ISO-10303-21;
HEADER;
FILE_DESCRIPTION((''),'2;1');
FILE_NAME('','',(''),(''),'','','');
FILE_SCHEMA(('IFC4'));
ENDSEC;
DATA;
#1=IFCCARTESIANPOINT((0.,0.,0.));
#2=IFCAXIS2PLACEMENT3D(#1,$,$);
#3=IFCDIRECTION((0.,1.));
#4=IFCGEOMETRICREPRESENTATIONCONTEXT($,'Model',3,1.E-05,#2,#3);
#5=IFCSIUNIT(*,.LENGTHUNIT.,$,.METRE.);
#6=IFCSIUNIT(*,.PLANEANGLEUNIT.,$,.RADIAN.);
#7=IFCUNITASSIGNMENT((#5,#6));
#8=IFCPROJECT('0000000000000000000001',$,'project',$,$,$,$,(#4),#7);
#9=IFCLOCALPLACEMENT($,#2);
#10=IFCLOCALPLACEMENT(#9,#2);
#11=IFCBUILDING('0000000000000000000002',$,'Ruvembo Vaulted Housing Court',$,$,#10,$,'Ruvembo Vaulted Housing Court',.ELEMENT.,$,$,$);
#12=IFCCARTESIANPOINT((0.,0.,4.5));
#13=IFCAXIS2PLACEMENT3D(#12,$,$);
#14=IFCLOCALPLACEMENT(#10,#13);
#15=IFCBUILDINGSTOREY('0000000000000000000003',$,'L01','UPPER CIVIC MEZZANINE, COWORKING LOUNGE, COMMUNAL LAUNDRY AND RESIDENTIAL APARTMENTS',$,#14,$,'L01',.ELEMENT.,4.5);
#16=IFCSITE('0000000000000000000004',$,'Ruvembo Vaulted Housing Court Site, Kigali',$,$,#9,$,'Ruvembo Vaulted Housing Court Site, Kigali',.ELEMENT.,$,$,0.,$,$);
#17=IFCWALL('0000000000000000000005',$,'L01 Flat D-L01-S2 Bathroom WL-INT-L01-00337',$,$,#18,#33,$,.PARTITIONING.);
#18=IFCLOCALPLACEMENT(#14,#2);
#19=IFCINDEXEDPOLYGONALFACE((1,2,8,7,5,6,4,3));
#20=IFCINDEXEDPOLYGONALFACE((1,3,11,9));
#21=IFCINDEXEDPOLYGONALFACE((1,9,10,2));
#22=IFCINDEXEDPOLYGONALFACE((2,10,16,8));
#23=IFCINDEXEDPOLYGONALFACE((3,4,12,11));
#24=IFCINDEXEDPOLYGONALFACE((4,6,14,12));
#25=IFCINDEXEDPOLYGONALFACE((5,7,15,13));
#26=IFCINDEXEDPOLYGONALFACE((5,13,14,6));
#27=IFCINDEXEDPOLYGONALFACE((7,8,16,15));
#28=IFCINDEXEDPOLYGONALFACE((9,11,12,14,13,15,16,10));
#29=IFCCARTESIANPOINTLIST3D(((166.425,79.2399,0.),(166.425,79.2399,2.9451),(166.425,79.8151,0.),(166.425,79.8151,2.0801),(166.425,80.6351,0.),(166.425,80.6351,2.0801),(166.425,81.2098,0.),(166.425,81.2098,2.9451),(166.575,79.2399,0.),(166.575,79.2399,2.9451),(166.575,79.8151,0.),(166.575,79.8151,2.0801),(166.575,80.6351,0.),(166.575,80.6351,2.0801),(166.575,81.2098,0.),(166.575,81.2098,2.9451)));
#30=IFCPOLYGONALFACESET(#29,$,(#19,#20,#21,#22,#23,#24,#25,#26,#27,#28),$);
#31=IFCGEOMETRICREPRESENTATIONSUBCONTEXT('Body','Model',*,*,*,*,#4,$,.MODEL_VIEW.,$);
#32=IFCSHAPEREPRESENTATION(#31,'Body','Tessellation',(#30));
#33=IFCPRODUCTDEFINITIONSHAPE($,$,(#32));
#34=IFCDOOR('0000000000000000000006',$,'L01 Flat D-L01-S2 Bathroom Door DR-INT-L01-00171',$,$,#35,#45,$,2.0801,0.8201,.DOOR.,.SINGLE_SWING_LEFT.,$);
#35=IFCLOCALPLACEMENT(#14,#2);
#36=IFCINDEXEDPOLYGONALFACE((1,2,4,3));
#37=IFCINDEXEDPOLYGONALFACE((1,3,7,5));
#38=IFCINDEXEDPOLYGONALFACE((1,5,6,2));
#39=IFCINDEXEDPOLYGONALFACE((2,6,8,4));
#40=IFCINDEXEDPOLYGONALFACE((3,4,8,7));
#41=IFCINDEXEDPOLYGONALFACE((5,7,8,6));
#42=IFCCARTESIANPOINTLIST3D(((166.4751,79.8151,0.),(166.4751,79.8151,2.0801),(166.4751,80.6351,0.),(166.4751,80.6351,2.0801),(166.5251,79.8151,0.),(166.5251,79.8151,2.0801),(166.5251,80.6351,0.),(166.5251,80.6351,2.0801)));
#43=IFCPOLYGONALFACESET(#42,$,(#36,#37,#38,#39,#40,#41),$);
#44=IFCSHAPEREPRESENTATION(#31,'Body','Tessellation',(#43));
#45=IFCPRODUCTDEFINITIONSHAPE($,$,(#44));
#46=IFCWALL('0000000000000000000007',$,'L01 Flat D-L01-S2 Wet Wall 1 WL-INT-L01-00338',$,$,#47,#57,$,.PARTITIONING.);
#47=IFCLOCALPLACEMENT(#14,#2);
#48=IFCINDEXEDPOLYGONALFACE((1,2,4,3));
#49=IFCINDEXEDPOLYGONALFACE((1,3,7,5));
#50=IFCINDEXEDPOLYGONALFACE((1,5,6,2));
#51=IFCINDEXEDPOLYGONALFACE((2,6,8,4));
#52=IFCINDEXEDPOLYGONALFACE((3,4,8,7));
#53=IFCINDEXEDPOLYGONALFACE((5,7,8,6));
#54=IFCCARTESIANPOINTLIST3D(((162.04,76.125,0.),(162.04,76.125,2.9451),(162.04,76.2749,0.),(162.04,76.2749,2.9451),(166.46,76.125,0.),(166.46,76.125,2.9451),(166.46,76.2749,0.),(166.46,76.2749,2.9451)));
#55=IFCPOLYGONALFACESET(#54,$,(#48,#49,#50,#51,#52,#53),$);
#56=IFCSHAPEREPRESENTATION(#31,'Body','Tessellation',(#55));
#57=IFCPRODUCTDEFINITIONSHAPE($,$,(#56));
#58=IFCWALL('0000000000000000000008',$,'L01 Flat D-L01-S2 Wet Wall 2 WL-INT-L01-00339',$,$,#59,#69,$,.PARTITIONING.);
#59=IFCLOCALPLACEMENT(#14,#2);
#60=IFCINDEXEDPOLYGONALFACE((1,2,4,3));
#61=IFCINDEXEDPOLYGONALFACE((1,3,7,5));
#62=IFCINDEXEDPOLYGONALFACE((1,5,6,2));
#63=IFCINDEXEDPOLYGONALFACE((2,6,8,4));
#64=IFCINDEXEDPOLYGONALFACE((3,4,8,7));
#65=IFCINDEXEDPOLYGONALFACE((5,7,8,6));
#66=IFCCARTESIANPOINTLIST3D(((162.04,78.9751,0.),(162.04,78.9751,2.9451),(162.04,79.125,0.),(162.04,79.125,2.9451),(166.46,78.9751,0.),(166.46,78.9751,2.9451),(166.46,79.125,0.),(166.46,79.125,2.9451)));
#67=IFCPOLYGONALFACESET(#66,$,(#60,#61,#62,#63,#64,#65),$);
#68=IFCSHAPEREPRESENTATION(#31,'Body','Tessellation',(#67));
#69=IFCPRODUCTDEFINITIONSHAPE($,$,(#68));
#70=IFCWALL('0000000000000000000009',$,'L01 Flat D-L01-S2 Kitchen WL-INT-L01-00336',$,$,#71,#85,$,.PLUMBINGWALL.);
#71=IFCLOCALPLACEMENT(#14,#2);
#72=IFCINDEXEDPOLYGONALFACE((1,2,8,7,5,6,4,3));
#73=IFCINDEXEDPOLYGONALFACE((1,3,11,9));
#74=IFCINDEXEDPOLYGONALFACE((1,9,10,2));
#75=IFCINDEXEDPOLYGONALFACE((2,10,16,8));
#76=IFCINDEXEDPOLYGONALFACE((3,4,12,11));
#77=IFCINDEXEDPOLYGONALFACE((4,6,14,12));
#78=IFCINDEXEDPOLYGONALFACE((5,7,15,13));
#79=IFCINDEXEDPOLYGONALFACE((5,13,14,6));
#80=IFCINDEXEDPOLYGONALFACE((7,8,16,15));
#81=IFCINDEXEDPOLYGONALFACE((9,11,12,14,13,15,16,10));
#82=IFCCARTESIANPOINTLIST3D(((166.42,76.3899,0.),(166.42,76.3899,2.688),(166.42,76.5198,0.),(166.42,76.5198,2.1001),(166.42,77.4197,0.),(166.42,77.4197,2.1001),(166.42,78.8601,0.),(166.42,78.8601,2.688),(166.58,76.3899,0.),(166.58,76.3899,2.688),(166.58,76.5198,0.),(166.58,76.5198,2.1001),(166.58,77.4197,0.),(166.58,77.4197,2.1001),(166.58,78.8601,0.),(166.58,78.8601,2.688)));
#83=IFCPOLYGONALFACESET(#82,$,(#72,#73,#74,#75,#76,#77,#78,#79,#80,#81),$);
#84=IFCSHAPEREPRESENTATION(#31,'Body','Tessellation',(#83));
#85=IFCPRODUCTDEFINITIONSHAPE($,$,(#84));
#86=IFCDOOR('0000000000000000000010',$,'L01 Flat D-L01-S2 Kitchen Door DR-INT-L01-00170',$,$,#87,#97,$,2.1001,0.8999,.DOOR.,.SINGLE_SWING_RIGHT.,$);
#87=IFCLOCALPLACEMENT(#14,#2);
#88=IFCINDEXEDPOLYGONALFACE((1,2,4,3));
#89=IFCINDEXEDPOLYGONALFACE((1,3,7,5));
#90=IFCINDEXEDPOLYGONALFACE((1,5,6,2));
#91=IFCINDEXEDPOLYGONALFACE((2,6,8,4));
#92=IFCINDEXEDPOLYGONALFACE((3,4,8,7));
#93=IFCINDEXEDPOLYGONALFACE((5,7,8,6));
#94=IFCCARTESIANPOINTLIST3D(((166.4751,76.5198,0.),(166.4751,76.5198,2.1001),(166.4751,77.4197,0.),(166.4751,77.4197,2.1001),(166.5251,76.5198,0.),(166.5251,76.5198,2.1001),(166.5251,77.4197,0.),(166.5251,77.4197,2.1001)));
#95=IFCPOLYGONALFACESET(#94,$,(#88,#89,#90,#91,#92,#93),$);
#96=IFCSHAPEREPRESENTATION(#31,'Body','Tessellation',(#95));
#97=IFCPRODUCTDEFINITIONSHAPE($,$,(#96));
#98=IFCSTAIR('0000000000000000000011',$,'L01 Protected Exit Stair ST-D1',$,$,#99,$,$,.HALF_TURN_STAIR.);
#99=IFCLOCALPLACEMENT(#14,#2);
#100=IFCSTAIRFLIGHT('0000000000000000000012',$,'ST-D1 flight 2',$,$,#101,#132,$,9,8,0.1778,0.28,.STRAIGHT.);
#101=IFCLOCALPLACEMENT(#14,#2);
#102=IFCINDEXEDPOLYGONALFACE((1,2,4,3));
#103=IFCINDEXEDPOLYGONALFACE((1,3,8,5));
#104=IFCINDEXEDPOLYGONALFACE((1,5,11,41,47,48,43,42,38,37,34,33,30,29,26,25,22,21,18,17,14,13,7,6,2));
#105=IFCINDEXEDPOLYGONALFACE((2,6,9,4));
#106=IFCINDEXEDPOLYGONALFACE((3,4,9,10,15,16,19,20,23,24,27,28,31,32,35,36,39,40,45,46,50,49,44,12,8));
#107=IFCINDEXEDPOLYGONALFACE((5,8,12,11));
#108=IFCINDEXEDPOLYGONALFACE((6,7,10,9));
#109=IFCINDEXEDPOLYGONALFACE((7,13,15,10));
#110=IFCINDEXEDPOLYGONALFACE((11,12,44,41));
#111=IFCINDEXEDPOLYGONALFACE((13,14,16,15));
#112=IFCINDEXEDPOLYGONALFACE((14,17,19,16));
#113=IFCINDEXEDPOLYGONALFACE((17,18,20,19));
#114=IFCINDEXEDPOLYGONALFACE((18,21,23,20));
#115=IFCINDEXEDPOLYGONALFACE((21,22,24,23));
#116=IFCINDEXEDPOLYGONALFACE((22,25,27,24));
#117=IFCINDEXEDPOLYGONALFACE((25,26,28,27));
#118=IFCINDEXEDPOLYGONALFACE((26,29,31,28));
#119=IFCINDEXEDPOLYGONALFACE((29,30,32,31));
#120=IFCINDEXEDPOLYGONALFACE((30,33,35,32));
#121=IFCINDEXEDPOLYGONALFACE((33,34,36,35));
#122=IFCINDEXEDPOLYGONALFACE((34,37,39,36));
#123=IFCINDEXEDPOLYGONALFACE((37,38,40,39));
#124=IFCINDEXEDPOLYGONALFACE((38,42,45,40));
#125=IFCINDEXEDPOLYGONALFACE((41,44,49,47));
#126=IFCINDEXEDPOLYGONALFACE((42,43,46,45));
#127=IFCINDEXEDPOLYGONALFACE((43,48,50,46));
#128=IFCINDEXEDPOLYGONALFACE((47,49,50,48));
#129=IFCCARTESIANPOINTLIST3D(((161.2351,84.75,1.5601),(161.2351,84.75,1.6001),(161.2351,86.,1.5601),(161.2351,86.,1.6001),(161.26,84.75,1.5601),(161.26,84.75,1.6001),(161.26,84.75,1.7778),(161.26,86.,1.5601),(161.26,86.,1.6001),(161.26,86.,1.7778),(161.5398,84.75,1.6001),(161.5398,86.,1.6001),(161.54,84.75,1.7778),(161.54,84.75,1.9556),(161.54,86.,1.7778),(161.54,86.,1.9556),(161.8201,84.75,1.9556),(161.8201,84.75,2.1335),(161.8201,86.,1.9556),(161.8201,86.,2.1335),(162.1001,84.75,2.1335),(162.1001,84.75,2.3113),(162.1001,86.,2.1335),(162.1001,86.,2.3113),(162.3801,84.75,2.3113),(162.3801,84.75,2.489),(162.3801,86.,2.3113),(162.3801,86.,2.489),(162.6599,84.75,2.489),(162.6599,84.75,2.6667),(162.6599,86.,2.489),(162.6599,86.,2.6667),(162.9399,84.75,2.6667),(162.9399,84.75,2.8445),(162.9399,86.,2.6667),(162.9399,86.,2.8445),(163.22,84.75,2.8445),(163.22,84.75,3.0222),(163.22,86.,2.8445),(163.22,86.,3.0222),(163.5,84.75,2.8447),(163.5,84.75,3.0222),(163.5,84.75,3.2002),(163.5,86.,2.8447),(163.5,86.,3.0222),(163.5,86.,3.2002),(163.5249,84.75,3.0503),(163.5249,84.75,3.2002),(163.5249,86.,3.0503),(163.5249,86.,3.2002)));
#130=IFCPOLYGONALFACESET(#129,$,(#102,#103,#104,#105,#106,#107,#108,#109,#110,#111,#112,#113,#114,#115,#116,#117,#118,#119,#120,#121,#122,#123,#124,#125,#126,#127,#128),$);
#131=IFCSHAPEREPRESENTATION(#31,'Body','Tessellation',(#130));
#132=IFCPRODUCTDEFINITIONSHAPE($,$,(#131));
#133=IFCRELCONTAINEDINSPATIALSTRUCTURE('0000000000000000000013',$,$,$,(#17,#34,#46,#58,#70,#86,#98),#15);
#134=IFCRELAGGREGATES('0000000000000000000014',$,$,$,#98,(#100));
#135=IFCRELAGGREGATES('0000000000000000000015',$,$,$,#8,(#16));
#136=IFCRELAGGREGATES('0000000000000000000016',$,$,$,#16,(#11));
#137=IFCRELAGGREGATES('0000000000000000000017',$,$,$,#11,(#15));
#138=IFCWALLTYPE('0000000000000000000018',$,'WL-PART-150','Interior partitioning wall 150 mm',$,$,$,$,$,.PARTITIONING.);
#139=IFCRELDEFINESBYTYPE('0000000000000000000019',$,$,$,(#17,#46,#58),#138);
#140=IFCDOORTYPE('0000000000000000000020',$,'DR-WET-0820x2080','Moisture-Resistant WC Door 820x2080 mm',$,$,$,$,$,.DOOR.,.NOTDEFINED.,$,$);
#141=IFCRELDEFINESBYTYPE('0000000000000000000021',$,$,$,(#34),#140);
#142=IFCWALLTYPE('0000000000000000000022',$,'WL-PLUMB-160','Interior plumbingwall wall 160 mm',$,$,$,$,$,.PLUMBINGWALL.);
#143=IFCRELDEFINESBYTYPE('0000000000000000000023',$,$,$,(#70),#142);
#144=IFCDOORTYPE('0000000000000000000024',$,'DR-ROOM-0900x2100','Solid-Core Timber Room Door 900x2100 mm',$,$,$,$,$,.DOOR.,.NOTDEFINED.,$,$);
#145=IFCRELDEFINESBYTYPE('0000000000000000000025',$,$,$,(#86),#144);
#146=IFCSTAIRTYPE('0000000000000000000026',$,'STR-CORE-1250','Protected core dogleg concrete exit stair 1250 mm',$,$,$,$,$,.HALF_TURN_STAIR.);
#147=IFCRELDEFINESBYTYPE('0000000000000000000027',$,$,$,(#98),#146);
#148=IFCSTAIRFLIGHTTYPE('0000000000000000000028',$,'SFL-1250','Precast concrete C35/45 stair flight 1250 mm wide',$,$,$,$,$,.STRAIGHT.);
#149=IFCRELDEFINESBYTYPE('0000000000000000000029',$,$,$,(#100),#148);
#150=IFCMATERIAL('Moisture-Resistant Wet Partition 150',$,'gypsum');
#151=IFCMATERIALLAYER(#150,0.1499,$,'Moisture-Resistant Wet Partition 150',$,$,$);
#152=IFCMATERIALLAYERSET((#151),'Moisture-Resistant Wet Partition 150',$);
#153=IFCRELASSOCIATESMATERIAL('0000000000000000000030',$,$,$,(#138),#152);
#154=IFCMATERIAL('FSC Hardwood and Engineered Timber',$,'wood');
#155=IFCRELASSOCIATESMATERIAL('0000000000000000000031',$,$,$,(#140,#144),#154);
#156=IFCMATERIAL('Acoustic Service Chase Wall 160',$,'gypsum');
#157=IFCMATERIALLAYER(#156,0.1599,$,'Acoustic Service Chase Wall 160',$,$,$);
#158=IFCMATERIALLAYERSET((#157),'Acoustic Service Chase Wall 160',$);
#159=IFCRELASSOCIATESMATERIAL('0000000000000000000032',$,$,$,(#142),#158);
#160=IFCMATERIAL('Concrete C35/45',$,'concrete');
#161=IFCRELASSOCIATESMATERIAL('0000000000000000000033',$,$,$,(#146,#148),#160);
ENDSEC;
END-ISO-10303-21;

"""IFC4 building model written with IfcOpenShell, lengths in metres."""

from ifc_helpers import new_model, si_unit, direction, frame, frame_2d, origin, place, context, subcontext, project, spatial, polyline, rectangle, outline, extrude, material, layer, layer_set, type_object, element, fill, aggregate, save


model = new_model("IFC4")

# Units and contexts
model_context = context("Model", 3, precision=1e-05, world=origin(), true_north=direction((0.0, 1.0)))
body_context = subcontext(model_context, "Body", "Model", "MODEL_VIEW")
ifc_project = project(units=[si_unit("LENGTHUNIT", "METRE"), si_unit("PLANEANGLEUNIT", "RADIAN")], contexts=[model_context])

# Site, building, storey
site_placement = place(None, origin())
site = spatial("IfcSite", under=ifc_project, at=site_placement, Name="Ruvembo Vaulted Housing Court Site, Kigali", LongName="Ruvembo Vaulted Housing Court Site, Kigali", CompositionType="ELEMENT", RefElevation=0.0)
building_placement = place(site_placement, origin())
building = spatial("IfcBuilding", under=site, at=building_placement, Name="Ruvembo Vaulted Housing Court", LongName="Ruvembo Vaulted Housing Court", CompositionType="ELEMENT")
storey_placement = place(building_placement, frame((0.0, 0.0, 4.5)))
storey = spatial("IfcBuildingStorey", under=building, at=storey_placement, Name="L01", Description="UPPER CIVIC MEZZANINE, COWORKING LOUNGE, COMMUNAL LAUNDRY AND RESIDENTIAL APARTMENTS", LongName="L01", CompositionType="ELEMENT", Elevation=4.5)

# Shared definitions
ifc_material_1 = material(Name="Concrete C35/45", Category="concrete")

# Shared definitions
ifc_material_2 = material(Name="FSC Hardwood and Engineered Timber", Category="wood")

# Wall, opening, door
ifc_material_3 = material(Name="Moisture-Resistant Wet Partition 150", Category="gypsum")
ifc_layer_1 = layer(ifc_material_3, 0.1499, Name="Moisture-Resistant Wet Partition 150")
ifc_layer_set_1 = layer_set([ifc_layer_1], Name="Moisture-Resistant Wet Partition 150")
wall_type_1 = type_object("IfcWallType", Name="WL-PART-150", Description="Interior partitioning wall 150 mm", PredefinedType="PARTITIONING", material=ifc_layer_set_1)
wall_1_placement = place(storey_placement, frame((166.5, 79.24, 0.0), z_axis=(0.0, 0.0, 1.0), x_axis=(0.0, 1.0, 0.0)))
wall_1 = element("IfcWall", 1, at=wall_1_placement, inside=storey, type_object=wall_type_1, Name="L01 Flat D-L01-S2 Bathroom WL-INT-L01-00337", PredefinedType="PARTITIONING", context=body_context, shape_type="SweptSolid", body=[
    extrude(rectangle(XDim=1.97, YDim=0.1499, at=frame_2d((0.9849, 0.0))), origin(), (0.0, 0.0, 1.0), 2.9451),
])
opening_1_placement = place(wall_1_placement, frame((0.575, 0.0, 0.0)))
opening_1 = element("IfcOpeningElement", 2, at=opening_1_placement, cuts=wall_1, PredefinedType="OPENING", context=body_context, shape_type="SweptSolid", body=[
    extrude(rectangle(XDim=0.8201, YDim=2.0801, at=frame_2d((0.4102, 1.04))), frame((0.0, 0.085, 0.0), z_axis=(0.0, -1.0, 0.0), x_axis=(1.0, 0.0, 0.0)), (0.0, 0.0, 1.0), 0.1699),
])
door_type_1 = type_object("IfcDoorType", Name="DR-WET-0820x2080", Description="Moisture-Resistant WC Door 820x2080 mm", OperationType="NOTDEFINED", PredefinedType="DOOR", material=ifc_material_2)
door_1_placement = place(opening_1_placement, origin())
door_1 = element("IfcDoor", 3, at=door_1_placement, inside=storey, type_object=door_type_1, Name="L01 Flat D-L01-S2 Bathroom Door DR-INT-L01-00171", OperationType="SINGLE_SWING_LEFT", OverallHeight=2.0801, OverallWidth=0.8201, PredefinedType="DOOR", context=body_context, shape_type="SweptSolid", body=[
    extrude(rectangle(XDim=0.8201, YDim=2.0801, at=frame_2d((0.4102, 1.04))), frame((0.0, 0.0249, 0.0), z_axis=(0.0, -1.0, 0.0), x_axis=(1.0, 0.0, 0.0)), (0.0, 0.0, 1.0), 0.05),
])
fill(opening_1, door_1)

# Walls
for number, where, z_axis, x_axis, name in (
    (4, (162.04, 76.2, 0.0), (0.0, 0.0, 1.0), (1.0, 0.0, 0.0), "L01 Flat D-L01-S2 Wet Wall 1 WL-INT-L01-00338"),
    (5, (162.04, 79.05, 0.0), (0.0, 0.0, 1.0), (1.0, 0.0, 0.0), "L01 Flat D-L01-S2 Wet Wall 2 WL-INT-L01-00339"),
):
    element("IfcWall", number, at=place(storey_placement, frame(where, z_axis=z_axis, x_axis=x_axis)), inside=storey, type_object=wall_type_1, Name=name, PredefinedType="PARTITIONING", context=body_context, shape_type="SweptSolid", body=[
        extrude(rectangle(XDim=4.4199, YDim=0.1499, at=frame_2d((2.21, 0.0))), origin(), (0.0, 0.0, 1.0), 2.9451),
    ])

# Wall, opening, door
ifc_material_4 = material(Name="Acoustic Service Chase Wall 160", Category="gypsum")
ifc_layer_2 = layer(ifc_material_4, 0.1599, Name="Acoustic Service Chase Wall 160")
ifc_layer_set_2 = layer_set([ifc_layer_2], Name="Acoustic Service Chase Wall 160")
wall_type_2 = type_object("IfcWallType", Name="WL-PLUMB-160", Description="Interior plumbingwall wall 160 mm", PredefinedType="PLUMBINGWALL", material=ifc_layer_set_2)
wall_2_placement = place(storey_placement, frame((166.5, 76.3899, 0.0), z_axis=(0.0, 0.0, 1.0), x_axis=(0.0, 1.0, 0.0)))
wall_2 = element("IfcWall", 6, at=wall_2_placement, inside=storey, type_object=wall_type_2, Name="L01 Flat D-L01-S2 Kitchen WL-INT-L01-00336", PredefinedType="PLUMBINGWALL", context=body_context, shape_type="SweptSolid", body=[
    extrude(rectangle(XDim=2.4702, YDim=0.1599, at=frame_2d((1.2351, 0.0))), origin(), (0.0, 0.0, 1.0), 2.688),
])
opening_2_placement = place(wall_2_placement, frame((0.1299, 0.0, 0.0)))
opening_2 = element("IfcOpeningElement", 7, at=opening_2_placement, cuts=wall_2, PredefinedType="OPENING", context=body_context, shape_type="SweptSolid", body=[
    extrude(rectangle(XDim=0.8999, YDim=2.1001, at=frame_2d((0.45, 1.05))), frame((0.0, 0.0898, 0.0), z_axis=(0.0, -1.0, 0.0), x_axis=(1.0, 0.0, 0.0)), (0.0, 0.0, 1.0), 0.1799),
])
door_type_2 = type_object("IfcDoorType", Name="DR-ROOM-0900x2100", Description="Solid-Core Timber Room Door 900x2100 mm", OperationType="NOTDEFINED", PredefinedType="DOOR", material=ifc_material_2)
door_2_placement = place(opening_2_placement, origin())
door_2 = element("IfcDoor", 8, at=door_2_placement, inside=storey, type_object=door_type_2, Name="L01 Flat D-L01-S2 Kitchen Door DR-INT-L01-00170", OperationType="SINGLE_SWING_RIGHT", OverallHeight=2.1001, OverallWidth=0.8999, PredefinedType="DOOR", context=body_context, shape_type="SweptSolid", body=[
    extrude(rectangle(XDim=0.8999, YDim=2.1001, at=frame_2d((0.45, 1.05))), frame((0.0, 0.0249, 0.0), z_axis=(0.0, -1.0, 0.0), x_axis=(1.0, 0.0, 0.0)), (0.0, 0.0, 1.0), 0.05),
])
fill(opening_2, door_2)

# Stair, stair flight
stair_type = type_object("IfcStairType", Name="STR-CORE-1250", Description="Protected core dogleg concrete exit stair 1250 mm", PredefinedType="HALF_TURN_STAIR", material=ifc_material_1)
stair_placement = place(storey_placement, origin())
stair = element("IfcStair", 9, at=stair_placement, inside=storey, type_object=stair_type, Name="L01 Protected Exit Stair ST-D1", PredefinedType="HALF_TURN_STAIR")
stair_flight_type = type_object("IfcStairFlightType", Name="SFL-1250", Description="Precast concrete C35/45 stair flight 1250 mm wide", PredefinedType="STRAIGHT", material=ifc_material_1)
stair_flight_placement = place(storey_placement, frame((161.26, 85.375, 1.6001), z_axis=(0.0, 0.0, 1.0), x_axis=(1.0, 0.0, 0.0)))
stair_flight = element("IfcStairFlight", 10, at=stair_flight_placement, type_object=stair_flight_type, Name="ST-D1 flight 2", NumberOfRisers=9, NumberOfTreads=8, PredefinedType="STRAIGHT", RiserHeight=0.1778, TreadLength=0.28, context=body_context, shape_type="SweptSolid", body=[
    extrude(outline(polyline([(-0.0249, -0.04), (-0.0249, 0.0), (0.0, 0.0), (0.0, 0.1777), (0.28, 0.1777), (0.28, 0.3555), (0.5601, 0.3555), (0.5601, 0.5334), (0.8401, 0.5334), (0.8401, 0.7112), (1.1201, 0.7112), (1.1201, 0.8889), (1.3999, 0.8889), (1.3999, 1.0667), (1.6799, 1.0667), (1.6799, 1.2444), (1.96, 1.2444), (1.96, 1.4221), (2.24, 1.4221), (2.24, 1.6001), (2.2649, 1.6001), (2.2649, 1.4502), (2.24, 1.2446), (0.2798, 0.0), (0.0, -0.04), (-0.0249, -0.04)])), frame((0.0, 0.625, 0.0), z_axis=(0.0, -1.0, 0.0), x_axis=(1.0, 0.0, 0.0)), (0.0, 0.0, 1.0), 1.25),
])
aggregate(stair, [stair_flight])

save(model, "model.ifc")
